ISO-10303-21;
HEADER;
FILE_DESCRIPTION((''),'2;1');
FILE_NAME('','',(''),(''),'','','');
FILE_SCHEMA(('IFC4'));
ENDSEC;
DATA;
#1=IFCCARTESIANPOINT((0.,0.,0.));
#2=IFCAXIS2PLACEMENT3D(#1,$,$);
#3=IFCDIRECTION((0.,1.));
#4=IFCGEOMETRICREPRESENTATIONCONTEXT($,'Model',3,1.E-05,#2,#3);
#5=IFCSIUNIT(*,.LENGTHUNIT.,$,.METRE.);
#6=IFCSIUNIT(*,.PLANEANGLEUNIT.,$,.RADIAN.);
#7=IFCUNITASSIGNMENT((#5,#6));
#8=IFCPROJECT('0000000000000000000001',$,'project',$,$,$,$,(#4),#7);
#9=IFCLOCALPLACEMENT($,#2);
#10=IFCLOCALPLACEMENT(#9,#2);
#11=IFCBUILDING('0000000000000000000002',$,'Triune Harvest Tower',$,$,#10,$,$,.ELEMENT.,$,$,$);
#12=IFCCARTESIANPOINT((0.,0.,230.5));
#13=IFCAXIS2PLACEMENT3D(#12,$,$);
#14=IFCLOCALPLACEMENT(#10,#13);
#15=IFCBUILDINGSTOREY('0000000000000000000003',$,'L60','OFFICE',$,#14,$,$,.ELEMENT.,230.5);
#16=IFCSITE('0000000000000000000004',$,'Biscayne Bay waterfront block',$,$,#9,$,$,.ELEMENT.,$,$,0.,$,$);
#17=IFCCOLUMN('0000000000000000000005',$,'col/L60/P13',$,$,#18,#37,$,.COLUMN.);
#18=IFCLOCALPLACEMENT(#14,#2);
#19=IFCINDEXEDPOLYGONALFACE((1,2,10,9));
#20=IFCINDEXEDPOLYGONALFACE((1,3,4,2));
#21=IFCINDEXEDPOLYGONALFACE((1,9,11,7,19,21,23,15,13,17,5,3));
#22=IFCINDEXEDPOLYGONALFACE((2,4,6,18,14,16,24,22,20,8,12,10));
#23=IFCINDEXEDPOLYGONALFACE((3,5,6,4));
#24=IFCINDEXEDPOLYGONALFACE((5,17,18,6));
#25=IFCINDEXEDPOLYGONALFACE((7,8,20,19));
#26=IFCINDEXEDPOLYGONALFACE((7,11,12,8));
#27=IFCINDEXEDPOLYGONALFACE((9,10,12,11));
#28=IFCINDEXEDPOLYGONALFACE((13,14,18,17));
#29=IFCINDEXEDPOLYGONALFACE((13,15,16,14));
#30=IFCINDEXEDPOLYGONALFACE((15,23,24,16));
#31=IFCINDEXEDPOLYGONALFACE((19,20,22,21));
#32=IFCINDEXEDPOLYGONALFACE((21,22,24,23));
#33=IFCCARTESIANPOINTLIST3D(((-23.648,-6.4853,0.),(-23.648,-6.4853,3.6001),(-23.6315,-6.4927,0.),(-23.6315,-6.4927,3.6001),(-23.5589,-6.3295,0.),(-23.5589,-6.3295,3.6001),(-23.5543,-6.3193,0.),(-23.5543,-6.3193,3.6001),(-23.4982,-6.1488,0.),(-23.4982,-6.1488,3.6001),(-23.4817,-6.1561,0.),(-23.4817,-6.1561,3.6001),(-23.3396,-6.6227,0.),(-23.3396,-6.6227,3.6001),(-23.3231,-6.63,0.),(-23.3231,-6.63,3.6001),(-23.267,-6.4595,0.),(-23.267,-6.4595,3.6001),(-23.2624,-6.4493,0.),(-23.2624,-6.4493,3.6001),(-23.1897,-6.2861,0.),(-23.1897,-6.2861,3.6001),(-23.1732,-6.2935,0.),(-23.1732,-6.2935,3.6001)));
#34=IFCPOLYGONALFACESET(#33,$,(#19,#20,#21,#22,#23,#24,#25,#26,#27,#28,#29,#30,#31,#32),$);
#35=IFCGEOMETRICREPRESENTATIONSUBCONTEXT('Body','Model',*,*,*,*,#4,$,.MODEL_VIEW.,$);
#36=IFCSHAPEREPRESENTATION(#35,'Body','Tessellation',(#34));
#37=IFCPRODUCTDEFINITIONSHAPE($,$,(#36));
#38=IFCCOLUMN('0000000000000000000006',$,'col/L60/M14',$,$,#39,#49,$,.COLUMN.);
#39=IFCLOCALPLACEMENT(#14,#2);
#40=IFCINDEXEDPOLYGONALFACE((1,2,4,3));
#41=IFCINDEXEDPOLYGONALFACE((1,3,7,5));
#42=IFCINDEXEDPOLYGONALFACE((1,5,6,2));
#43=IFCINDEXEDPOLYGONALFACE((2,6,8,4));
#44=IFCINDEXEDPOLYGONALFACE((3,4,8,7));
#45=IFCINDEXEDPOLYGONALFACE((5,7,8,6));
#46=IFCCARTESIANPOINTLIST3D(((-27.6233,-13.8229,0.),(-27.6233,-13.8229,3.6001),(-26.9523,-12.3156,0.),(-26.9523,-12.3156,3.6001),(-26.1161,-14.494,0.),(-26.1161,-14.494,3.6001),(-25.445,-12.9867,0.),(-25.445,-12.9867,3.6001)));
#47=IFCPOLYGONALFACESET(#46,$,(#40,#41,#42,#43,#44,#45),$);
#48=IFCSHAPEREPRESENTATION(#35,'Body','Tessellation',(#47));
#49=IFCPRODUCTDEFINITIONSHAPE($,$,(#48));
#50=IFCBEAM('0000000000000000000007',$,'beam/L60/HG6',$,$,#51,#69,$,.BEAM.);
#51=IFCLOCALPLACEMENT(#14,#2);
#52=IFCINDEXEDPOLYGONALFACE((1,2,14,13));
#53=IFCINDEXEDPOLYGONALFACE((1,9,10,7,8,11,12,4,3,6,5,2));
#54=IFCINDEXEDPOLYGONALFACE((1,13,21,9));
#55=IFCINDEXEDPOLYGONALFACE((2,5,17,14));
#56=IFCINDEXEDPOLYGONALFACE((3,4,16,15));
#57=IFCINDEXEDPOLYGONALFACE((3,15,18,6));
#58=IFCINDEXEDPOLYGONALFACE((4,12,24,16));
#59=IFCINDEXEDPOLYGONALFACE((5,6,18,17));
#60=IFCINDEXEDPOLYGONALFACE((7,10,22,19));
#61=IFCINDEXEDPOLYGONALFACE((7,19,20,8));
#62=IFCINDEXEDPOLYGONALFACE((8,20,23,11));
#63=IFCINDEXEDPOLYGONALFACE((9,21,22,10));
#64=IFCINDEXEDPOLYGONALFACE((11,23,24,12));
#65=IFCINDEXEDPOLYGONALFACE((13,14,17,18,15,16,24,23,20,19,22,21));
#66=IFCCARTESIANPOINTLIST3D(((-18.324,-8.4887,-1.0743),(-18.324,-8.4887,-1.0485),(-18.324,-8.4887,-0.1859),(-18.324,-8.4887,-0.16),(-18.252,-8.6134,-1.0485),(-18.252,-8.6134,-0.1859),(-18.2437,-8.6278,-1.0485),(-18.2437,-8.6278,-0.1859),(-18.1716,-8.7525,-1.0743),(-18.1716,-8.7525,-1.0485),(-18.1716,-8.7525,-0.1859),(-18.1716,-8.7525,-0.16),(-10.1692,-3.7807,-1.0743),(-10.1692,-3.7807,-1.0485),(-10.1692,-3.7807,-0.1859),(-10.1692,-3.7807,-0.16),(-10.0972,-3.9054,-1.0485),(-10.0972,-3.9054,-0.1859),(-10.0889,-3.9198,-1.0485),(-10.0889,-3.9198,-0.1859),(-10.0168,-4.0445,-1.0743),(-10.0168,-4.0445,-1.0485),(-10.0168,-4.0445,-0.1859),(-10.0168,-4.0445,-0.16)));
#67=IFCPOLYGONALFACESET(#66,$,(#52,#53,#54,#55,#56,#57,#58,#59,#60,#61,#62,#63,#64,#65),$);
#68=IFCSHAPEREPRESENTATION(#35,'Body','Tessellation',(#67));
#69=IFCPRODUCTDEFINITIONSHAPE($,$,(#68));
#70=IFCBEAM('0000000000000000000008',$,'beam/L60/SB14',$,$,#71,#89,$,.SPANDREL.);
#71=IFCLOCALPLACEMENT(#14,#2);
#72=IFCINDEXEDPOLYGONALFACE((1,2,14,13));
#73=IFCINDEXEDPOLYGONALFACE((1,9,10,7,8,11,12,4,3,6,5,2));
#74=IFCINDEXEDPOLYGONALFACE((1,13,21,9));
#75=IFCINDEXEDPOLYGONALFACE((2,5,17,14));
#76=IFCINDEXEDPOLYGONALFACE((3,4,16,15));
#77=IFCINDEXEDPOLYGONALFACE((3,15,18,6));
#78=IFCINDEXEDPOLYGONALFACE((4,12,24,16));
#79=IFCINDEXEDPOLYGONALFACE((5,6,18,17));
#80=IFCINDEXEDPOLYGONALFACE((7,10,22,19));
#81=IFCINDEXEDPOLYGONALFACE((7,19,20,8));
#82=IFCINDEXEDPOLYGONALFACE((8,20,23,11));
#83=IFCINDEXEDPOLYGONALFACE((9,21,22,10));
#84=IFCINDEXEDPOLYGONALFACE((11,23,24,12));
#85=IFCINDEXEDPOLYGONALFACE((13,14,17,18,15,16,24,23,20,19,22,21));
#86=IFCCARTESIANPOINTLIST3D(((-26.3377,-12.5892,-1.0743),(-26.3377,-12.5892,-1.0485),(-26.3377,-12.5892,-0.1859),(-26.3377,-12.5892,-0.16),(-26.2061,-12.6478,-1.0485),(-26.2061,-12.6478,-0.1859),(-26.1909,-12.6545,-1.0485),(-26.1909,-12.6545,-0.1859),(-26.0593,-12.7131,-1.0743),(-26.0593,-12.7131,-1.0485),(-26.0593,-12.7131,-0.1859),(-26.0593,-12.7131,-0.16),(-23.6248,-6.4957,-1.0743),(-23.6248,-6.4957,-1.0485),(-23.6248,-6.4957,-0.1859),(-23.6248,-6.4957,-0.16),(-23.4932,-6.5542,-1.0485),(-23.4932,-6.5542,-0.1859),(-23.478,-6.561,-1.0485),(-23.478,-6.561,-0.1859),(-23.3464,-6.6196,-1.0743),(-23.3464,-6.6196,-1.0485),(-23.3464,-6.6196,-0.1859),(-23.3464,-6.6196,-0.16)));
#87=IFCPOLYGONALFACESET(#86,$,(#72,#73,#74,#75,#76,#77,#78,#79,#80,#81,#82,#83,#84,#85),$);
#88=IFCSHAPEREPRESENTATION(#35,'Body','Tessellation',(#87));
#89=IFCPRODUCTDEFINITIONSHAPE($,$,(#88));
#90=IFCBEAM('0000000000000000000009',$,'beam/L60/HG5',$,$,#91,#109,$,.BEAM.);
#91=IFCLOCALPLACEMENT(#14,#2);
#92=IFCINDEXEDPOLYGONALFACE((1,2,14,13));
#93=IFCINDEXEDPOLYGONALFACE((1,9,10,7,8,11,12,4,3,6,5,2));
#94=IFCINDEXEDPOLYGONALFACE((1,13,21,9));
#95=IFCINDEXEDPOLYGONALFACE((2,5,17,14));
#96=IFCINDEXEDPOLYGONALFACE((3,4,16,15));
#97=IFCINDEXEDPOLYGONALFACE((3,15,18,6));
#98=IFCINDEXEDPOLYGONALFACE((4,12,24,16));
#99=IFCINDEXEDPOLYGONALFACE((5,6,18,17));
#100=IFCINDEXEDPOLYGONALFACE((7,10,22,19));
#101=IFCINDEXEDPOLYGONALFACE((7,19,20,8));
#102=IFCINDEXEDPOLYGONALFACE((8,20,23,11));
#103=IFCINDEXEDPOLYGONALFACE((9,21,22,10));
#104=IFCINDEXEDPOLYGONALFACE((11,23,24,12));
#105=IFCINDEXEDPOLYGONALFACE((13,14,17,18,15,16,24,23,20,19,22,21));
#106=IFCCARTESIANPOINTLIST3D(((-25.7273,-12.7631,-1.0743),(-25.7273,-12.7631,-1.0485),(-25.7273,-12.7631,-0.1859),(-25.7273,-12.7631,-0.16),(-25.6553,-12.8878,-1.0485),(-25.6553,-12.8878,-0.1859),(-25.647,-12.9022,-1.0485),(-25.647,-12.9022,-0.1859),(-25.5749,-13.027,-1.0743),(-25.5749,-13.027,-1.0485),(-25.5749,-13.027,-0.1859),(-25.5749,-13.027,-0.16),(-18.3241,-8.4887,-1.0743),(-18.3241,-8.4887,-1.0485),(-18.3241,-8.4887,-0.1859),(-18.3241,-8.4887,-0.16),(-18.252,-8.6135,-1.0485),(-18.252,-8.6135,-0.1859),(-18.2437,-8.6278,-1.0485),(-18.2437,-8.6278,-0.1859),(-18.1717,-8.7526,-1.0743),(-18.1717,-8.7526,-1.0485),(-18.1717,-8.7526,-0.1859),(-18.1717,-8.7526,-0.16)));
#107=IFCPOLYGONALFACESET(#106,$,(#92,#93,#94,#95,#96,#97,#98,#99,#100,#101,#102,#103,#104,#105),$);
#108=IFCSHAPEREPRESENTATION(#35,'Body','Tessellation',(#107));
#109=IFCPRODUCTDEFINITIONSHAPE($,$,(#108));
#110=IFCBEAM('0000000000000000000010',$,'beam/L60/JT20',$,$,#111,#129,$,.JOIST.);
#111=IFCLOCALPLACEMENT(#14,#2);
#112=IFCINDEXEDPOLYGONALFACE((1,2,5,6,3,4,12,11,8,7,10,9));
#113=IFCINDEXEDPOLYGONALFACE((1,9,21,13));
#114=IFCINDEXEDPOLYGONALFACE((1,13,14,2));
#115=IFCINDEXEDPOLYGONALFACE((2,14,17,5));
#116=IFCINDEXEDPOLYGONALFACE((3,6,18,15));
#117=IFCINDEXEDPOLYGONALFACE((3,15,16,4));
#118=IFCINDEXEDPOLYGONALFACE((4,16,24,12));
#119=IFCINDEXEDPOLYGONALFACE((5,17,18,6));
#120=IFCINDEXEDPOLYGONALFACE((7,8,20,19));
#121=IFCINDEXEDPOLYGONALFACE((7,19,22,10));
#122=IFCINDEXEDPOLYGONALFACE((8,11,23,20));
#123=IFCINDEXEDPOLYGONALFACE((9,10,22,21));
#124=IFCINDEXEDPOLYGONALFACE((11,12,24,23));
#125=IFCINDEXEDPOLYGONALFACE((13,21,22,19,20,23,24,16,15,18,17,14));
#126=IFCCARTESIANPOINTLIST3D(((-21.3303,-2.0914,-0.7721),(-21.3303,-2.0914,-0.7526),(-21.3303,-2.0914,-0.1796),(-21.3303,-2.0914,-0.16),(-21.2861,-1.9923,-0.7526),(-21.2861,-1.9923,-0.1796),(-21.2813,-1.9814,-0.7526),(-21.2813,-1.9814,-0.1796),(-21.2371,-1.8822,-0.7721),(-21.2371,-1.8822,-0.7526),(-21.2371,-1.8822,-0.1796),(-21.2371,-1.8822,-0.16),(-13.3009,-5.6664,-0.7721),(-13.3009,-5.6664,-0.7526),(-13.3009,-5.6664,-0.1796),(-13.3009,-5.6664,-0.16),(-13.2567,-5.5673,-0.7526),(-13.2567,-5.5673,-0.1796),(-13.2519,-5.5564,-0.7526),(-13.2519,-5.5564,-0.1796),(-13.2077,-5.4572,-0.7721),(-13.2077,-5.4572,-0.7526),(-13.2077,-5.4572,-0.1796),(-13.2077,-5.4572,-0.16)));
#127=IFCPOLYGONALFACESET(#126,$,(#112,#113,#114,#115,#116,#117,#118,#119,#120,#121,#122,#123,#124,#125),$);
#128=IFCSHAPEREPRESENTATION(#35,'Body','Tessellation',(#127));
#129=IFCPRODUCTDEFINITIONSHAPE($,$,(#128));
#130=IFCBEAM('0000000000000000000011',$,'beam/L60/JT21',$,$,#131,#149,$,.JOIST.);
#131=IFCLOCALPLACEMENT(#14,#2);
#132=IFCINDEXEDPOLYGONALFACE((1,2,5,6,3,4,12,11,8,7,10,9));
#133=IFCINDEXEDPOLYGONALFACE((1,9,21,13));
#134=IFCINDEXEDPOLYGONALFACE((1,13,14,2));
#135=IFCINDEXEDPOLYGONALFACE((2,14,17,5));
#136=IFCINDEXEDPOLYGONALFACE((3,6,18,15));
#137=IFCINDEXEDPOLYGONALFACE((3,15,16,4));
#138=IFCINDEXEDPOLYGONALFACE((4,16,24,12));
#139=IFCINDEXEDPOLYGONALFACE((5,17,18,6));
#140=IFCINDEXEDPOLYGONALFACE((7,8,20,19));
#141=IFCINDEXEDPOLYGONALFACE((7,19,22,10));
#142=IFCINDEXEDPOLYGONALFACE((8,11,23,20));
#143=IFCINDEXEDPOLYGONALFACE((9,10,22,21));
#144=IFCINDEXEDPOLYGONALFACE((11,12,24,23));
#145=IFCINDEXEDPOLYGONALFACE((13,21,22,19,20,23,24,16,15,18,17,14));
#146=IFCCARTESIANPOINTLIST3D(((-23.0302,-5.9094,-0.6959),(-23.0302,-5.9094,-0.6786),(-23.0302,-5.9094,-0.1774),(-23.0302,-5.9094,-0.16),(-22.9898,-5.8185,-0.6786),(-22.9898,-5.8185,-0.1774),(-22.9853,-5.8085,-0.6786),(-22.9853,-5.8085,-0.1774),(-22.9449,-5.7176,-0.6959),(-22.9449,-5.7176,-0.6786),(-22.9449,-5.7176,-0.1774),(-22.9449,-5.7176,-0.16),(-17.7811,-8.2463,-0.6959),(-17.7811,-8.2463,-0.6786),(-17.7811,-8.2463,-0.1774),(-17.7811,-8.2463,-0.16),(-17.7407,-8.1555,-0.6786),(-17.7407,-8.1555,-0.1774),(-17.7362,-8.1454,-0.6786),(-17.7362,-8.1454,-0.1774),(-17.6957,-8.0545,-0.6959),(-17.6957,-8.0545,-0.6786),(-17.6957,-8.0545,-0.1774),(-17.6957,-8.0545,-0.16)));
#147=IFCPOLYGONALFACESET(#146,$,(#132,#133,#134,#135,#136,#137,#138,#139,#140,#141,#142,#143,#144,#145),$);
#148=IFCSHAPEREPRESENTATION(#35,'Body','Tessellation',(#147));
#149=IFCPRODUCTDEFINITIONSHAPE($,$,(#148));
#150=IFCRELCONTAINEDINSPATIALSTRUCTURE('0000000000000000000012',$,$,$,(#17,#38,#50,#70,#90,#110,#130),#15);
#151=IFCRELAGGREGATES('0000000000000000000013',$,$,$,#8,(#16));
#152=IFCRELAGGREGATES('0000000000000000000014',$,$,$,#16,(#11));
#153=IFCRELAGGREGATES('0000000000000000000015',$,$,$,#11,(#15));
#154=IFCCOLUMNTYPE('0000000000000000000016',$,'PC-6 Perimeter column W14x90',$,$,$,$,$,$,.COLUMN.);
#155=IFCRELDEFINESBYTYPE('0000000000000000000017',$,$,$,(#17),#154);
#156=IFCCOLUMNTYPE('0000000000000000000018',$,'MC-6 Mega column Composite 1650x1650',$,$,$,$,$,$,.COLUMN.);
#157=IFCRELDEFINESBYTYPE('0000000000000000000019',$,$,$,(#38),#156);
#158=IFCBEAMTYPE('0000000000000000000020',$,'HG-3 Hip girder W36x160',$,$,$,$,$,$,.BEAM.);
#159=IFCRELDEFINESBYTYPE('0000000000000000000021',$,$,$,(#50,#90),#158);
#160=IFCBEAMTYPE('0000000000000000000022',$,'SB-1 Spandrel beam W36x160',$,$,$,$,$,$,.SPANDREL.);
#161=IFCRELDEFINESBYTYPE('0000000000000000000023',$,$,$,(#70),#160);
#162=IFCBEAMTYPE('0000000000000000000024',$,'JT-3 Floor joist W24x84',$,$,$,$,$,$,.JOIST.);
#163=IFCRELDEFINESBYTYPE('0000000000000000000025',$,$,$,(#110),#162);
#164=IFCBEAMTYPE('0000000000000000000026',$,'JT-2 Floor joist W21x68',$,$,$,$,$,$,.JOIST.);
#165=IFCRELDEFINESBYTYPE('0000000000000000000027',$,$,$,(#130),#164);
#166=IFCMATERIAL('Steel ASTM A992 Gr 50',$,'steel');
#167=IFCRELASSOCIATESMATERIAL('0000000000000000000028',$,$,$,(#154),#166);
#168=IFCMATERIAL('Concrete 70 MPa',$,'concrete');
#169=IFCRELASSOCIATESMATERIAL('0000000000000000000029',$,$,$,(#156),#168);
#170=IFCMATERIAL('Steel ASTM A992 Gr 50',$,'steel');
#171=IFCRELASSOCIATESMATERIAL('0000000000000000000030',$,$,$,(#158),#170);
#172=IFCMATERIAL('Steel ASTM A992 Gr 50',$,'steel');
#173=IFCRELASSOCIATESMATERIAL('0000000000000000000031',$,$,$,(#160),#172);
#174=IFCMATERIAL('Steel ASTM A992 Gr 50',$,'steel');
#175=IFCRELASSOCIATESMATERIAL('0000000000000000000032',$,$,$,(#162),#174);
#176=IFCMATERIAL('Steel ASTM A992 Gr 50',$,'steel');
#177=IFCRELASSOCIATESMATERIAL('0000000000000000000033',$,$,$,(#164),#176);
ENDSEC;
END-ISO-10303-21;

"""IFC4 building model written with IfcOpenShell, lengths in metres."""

from ifc_helpers import new_model, si_unit, direction, frame, origin, origin_2d, place, context, subcontext, project, spatial, rectangle, i_section, extrude, source, transform, mapped, material, material_profile, profile_set, type_object, element, save


model = new_model("IFC4")

# Units and contexts
model_context = context("Model", 3, precision=1e-05, world=origin(), true_north=direction((0.0, 1.0)))
body_context = subcontext(model_context, "Body", "Model", "MODEL_VIEW")
ifc_project = project(units=[si_unit("LENGTHUNIT", "METRE"), si_unit("PLANEANGLEUNIT", "RADIAN")], contexts=[model_context])

# Site, building, storey
site_placement = place(None, origin())
site = spatial("IfcSite", under=ifc_project, at=site_placement, Name="Biscayne Bay waterfront block", CompositionType="ELEMENT", RefElevation=0.0)
building_placement = place(site_placement, origin())
building = spatial("IfcBuilding", under=site, at=building_placement, Name="Triune Harvest Tower", CompositionType="ELEMENT")
storey_placement = place(building_placement, frame((0.0, 0.0, 230.5)))
storey = spatial("IfcBuildingStorey", under=building, at=storey_placement, Name="L60", Description="OFFICE", CompositionType="ELEMENT", Elevation=230.5)

# Columns
ifc_material_1 = material(Name="Steel ASTM A992 Gr 50", Category="steel")
ifc_material_profile_1 = material_profile(ifc_material_1, i_section(OverallWidth=0.3684, OverallDepth=0.3557, WebThickness=0.0112, FlangeThickness=0.0181, at=origin_2d()), Name="W14x90")
ifc_profile_set_1 = profile_set([ifc_material_profile_1], Name="Steel ASTM A992 Gr 50")
column_type_1 = type_object("IfcColumnType", Name="PC-6 Perimeter column W14x90", PredefinedType="COLUMN", material=ifc_profile_set_1)
shared_shape_1 = source(origin(), body_context, "Body", "SweptSolid", [
    extrude(i_section(OverallWidth=0.3684, OverallDepth=0.3557, WebThickness=0.0112, FlangeThickness=0.0181, at=origin_2d()), origin(), (0.0, 0.0, 1.0), 3.6001),
])
column_1_placement = place(storey_placement, frame((-23.4106, -6.3894, 0.0), z_axis=(0.0, 0.0, 1.0), x_axis=(-0.406738, -0.913545, 0.0)))
element("IfcColumn", 1, at=column_1_placement, inside=storey, type_object=column_type_1, Name="col/L60/P13", PredefinedType="COLUMN", context=body_context, shape_type="MappedRepresentation", body=[
    mapped(shared_shape_1, transform((0.0, 0.0, 0.0), scale=1.0)),
])
ifc_material_2 = material(Name="Concrete 70 MPa", Category="concrete")
ifc_material_profile_2 = material_profile(ifc_material_2, rectangle(XDim=1.6499, YDim=1.6499, at=origin_2d()), Name="Composite 1650x1650")
ifc_profile_set_2 = profile_set([ifc_material_profile_2], Name="Concrete 70 MPa")
column_type_2 = type_object("IfcColumnType", Name="MC-6 Mega column Composite 1650x1650", PredefinedType="COLUMN", material=ifc_profile_set_2)
shared_shape_2 = source(origin(), body_context, "Body", "SweptSolid", [
    extrude(rectangle(XDim=1.6499, YDim=1.6499, at=origin_2d()), origin(), (0.0, 0.0, 1.0), 3.6001),
])
column_2_placement = place(storey_placement, frame((-26.5342, -13.4048, 0.0), z_axis=(0.0, 0.0, 1.0), x_axis=(-0.406738, -0.913545, 0.0)))
element("IfcColumn", 2, at=column_2_placement, inside=storey, type_object=column_type_2, Name="col/L60/M14", PredefinedType="COLUMN", context=body_context, shape_type="MappedRepresentation", body=[
    mapped(shared_shape_2, transform((0.0, 0.0, 0.0), scale=1.0)),
])

# Beams
ifc_material_3 = material(Name="Steel ASTM A992 Gr 50", Category="steel")
ifc_material_profile_3 = material_profile(ifc_material_3, i_section(OverallWidth=0.3047, OverallDepth=0.9143, WebThickness=0.0166, FlangeThickness=0.0259, at=origin_2d()), Name="W36x160")
ifc_profile_set_3 = profile_set([ifc_material_profile_3], Name="Steel ASTM A992 Gr 50")
beam_type_1 = type_object("IfcBeamType", Name="HG-3 Hip girder W36x160", PredefinedType="BEAM", material=ifc_profile_set_3)
shared_shape_3 = source(origin(), body_context, "Body", "SweptSolid", [
    extrude(i_section(OverallWidth=0.3047, OverallDepth=0.9143, WebThickness=0.0166, FlangeThickness=0.0259, at=origin_2d()), origin(), (0.0, 0.0, 1.0), 9.4163),
])
beam_1_placement = place(storey_placement, frame((-18.2478, -8.6206, -0.6172), z_axis=(0.866033, 0.499987, 0.0), x_axis=(-0.499987, 0.866033, 0.0)))
element("IfcBeam", 3, at=beam_1_placement, inside=storey, type_object=beam_type_1, Name="beam/L60/HG6", PredefinedType="BEAM", context=body_context, shape_type="MappedRepresentation", body=[
    mapped(shared_shape_3, transform((0.0, 0.0, 0.0), scale=1.0)),
])
ifc_material_4 = material(Name="Steel ASTM A992 Gr 50", Category="steel")
ifc_material_profile_4 = material_profile(ifc_material_4, i_section(OverallWidth=0.3047, OverallDepth=0.9143, WebThickness=0.0166, FlangeThickness=0.0259, at=origin_2d()), Name="W36x160")
ifc_profile_set_4 = profile_set([ifc_material_profile_4], Name="Steel ASTM A992 Gr 50")
beam_type_2 = type_object("IfcBeamType", Name="SB-1 Spandrel beam W36x160", PredefinedType="SPANDREL", material=ifc_profile_set_4)
shared_shape_4 = source(origin(), body_context, "Body", "SweptSolid", [
    extrude(i_section(OverallWidth=0.3047, OverallDepth=0.9143, WebThickness=0.0166, FlangeThickness=0.0259, at=origin_2d()), origin(), (0.0, 0.0, 1.0), 6.6702),
])
beam_2_placement = place(storey_placement, frame((-23.4856, -6.5576, -0.6172), z_axis=(-0.406723, -0.913552, 0.0), x_axis=(0.913552, -0.406723, 0.0)))
element("IfcBeam", 4, at=beam_2_placement, inside=storey, type_object=beam_type_2, Name="beam/L60/SB14", PredefinedType="SPANDREL", context=body_context, shape_type="MappedRepresentation", body=[
    mapped(shared_shape_4, transform((0.0, 0.0, 0.0), scale=1.0)),
])
shared_shape_5 = source(origin(), body_context, "Body", "SweptSolid", [
    extrude(i_section(OverallWidth=0.3047, OverallDepth=0.9143, WebThickness=0.0166, FlangeThickness=0.0259, at=origin_2d()), origin(), (0.0, 0.0, 1.0), 8.5486),
])
beam_3_placement = place(storey_placement, frame((-25.6511, -12.895, -0.6172), z_axis=(0.86602, 0.500009, 0.0), x_axis=(-0.500009, 0.86602, 0.0)))
element("IfcBeam", 5, at=beam_3_placement, inside=storey, type_object=beam_type_1, Name="beam/L60/HG5", PredefinedType="BEAM", context=body_context, shape_type="MappedRepresentation", body=[
    mapped(shared_shape_5, transform((0.0, 0.0, 0.0), scale=1.0)),
])
ifc_material_5 = material(Name="Steel ASTM A992 Gr 50", Category="steel")
ifc_material_profile_5 = material_profile(ifc_material_5, i_section(OverallWidth=0.229, OverallDepth=0.6121, WebThickness=0.012, FlangeThickness=0.0195, at=origin_2d()), Name="W24x84")
ifc_profile_set_5 = profile_set([ifc_material_profile_5], Name="Steel ASTM A992 Gr 50")
beam_type_3 = type_object("IfcBeamType", Name="JT-3 Floor joist W24x84", PredefinedType="JOIST", material=ifc_profile_set_5)
shared_shape_6 = source(origin(), body_context, "Body", "SweptSolid", [
    extrude(i_section(OverallWidth=0.229, OverallDepth=0.6121, WebThickness=0.012, FlangeThickness=0.0195, at=origin_2d()), origin(), (0.0, 0.0, 1.0), 8.7893),
])
beam_4_placement = place(storey_placement, frame((-21.2837, -1.9868, -0.4661), z_axis=(0.913542, -0.406744, 0.0), x_axis=(0.406744, 0.913542, 0.0)))
element("IfcBeam", 6, at=beam_4_placement, inside=storey, type_object=beam_type_3, Name="beam/L60/JT20", PredefinedType="JOIST", context=body_context, shape_type="MappedRepresentation", body=[
    mapped(shared_shape_6, transform((0.0, 0.0, 0.0), scale=1.0)),
])
ifc_material_6 = material(Name="Steel ASTM A992 Gr 50", Category="steel")
ifc_material_profile_6 = material_profile(ifc_material_6, i_section(OverallWidth=0.21, OverallDepth=0.5359, WebThickness=0.011, FlangeThickness=0.0173, at=origin_2d()), Name="W21x68")
ifc_profile_set_6 = profile_set([ifc_material_profile_6], Name="Steel ASTM A992 Gr 50")
beam_type_4 = type_object("IfcBeamType", Name="JT-2 Floor joist W21x68", PredefinedType="JOIST", material=ifc_profile_set_6)
shared_shape_7 = source(origin(), body_context, "Body", "SweptSolid", [
    extrude(i_section(OverallWidth=0.21, OverallDepth=0.5359, WebThickness=0.011, FlangeThickness=0.0173, at=origin_2d()), origin(), (0.0, 0.0, 1.0), 5.7458),
])
beam_5_placement = place(storey_placement, frame((-22.9875, -5.8135, -0.428), z_axis=(0.913552, -0.406722, 0.0), x_axis=(0.406722, 0.913552, 0.0)))
element("IfcBeam", 7, at=beam_5_placement, inside=storey, type_object=beam_type_4, Name="beam/L60/JT21", PredefinedType="JOIST", context=body_context, shape_type="MappedRepresentation", body=[
    mapped(shared_shape_7, transform((0.0, 0.0, 0.0), scale=1.0)),
])

save(model, "model.ifc")
